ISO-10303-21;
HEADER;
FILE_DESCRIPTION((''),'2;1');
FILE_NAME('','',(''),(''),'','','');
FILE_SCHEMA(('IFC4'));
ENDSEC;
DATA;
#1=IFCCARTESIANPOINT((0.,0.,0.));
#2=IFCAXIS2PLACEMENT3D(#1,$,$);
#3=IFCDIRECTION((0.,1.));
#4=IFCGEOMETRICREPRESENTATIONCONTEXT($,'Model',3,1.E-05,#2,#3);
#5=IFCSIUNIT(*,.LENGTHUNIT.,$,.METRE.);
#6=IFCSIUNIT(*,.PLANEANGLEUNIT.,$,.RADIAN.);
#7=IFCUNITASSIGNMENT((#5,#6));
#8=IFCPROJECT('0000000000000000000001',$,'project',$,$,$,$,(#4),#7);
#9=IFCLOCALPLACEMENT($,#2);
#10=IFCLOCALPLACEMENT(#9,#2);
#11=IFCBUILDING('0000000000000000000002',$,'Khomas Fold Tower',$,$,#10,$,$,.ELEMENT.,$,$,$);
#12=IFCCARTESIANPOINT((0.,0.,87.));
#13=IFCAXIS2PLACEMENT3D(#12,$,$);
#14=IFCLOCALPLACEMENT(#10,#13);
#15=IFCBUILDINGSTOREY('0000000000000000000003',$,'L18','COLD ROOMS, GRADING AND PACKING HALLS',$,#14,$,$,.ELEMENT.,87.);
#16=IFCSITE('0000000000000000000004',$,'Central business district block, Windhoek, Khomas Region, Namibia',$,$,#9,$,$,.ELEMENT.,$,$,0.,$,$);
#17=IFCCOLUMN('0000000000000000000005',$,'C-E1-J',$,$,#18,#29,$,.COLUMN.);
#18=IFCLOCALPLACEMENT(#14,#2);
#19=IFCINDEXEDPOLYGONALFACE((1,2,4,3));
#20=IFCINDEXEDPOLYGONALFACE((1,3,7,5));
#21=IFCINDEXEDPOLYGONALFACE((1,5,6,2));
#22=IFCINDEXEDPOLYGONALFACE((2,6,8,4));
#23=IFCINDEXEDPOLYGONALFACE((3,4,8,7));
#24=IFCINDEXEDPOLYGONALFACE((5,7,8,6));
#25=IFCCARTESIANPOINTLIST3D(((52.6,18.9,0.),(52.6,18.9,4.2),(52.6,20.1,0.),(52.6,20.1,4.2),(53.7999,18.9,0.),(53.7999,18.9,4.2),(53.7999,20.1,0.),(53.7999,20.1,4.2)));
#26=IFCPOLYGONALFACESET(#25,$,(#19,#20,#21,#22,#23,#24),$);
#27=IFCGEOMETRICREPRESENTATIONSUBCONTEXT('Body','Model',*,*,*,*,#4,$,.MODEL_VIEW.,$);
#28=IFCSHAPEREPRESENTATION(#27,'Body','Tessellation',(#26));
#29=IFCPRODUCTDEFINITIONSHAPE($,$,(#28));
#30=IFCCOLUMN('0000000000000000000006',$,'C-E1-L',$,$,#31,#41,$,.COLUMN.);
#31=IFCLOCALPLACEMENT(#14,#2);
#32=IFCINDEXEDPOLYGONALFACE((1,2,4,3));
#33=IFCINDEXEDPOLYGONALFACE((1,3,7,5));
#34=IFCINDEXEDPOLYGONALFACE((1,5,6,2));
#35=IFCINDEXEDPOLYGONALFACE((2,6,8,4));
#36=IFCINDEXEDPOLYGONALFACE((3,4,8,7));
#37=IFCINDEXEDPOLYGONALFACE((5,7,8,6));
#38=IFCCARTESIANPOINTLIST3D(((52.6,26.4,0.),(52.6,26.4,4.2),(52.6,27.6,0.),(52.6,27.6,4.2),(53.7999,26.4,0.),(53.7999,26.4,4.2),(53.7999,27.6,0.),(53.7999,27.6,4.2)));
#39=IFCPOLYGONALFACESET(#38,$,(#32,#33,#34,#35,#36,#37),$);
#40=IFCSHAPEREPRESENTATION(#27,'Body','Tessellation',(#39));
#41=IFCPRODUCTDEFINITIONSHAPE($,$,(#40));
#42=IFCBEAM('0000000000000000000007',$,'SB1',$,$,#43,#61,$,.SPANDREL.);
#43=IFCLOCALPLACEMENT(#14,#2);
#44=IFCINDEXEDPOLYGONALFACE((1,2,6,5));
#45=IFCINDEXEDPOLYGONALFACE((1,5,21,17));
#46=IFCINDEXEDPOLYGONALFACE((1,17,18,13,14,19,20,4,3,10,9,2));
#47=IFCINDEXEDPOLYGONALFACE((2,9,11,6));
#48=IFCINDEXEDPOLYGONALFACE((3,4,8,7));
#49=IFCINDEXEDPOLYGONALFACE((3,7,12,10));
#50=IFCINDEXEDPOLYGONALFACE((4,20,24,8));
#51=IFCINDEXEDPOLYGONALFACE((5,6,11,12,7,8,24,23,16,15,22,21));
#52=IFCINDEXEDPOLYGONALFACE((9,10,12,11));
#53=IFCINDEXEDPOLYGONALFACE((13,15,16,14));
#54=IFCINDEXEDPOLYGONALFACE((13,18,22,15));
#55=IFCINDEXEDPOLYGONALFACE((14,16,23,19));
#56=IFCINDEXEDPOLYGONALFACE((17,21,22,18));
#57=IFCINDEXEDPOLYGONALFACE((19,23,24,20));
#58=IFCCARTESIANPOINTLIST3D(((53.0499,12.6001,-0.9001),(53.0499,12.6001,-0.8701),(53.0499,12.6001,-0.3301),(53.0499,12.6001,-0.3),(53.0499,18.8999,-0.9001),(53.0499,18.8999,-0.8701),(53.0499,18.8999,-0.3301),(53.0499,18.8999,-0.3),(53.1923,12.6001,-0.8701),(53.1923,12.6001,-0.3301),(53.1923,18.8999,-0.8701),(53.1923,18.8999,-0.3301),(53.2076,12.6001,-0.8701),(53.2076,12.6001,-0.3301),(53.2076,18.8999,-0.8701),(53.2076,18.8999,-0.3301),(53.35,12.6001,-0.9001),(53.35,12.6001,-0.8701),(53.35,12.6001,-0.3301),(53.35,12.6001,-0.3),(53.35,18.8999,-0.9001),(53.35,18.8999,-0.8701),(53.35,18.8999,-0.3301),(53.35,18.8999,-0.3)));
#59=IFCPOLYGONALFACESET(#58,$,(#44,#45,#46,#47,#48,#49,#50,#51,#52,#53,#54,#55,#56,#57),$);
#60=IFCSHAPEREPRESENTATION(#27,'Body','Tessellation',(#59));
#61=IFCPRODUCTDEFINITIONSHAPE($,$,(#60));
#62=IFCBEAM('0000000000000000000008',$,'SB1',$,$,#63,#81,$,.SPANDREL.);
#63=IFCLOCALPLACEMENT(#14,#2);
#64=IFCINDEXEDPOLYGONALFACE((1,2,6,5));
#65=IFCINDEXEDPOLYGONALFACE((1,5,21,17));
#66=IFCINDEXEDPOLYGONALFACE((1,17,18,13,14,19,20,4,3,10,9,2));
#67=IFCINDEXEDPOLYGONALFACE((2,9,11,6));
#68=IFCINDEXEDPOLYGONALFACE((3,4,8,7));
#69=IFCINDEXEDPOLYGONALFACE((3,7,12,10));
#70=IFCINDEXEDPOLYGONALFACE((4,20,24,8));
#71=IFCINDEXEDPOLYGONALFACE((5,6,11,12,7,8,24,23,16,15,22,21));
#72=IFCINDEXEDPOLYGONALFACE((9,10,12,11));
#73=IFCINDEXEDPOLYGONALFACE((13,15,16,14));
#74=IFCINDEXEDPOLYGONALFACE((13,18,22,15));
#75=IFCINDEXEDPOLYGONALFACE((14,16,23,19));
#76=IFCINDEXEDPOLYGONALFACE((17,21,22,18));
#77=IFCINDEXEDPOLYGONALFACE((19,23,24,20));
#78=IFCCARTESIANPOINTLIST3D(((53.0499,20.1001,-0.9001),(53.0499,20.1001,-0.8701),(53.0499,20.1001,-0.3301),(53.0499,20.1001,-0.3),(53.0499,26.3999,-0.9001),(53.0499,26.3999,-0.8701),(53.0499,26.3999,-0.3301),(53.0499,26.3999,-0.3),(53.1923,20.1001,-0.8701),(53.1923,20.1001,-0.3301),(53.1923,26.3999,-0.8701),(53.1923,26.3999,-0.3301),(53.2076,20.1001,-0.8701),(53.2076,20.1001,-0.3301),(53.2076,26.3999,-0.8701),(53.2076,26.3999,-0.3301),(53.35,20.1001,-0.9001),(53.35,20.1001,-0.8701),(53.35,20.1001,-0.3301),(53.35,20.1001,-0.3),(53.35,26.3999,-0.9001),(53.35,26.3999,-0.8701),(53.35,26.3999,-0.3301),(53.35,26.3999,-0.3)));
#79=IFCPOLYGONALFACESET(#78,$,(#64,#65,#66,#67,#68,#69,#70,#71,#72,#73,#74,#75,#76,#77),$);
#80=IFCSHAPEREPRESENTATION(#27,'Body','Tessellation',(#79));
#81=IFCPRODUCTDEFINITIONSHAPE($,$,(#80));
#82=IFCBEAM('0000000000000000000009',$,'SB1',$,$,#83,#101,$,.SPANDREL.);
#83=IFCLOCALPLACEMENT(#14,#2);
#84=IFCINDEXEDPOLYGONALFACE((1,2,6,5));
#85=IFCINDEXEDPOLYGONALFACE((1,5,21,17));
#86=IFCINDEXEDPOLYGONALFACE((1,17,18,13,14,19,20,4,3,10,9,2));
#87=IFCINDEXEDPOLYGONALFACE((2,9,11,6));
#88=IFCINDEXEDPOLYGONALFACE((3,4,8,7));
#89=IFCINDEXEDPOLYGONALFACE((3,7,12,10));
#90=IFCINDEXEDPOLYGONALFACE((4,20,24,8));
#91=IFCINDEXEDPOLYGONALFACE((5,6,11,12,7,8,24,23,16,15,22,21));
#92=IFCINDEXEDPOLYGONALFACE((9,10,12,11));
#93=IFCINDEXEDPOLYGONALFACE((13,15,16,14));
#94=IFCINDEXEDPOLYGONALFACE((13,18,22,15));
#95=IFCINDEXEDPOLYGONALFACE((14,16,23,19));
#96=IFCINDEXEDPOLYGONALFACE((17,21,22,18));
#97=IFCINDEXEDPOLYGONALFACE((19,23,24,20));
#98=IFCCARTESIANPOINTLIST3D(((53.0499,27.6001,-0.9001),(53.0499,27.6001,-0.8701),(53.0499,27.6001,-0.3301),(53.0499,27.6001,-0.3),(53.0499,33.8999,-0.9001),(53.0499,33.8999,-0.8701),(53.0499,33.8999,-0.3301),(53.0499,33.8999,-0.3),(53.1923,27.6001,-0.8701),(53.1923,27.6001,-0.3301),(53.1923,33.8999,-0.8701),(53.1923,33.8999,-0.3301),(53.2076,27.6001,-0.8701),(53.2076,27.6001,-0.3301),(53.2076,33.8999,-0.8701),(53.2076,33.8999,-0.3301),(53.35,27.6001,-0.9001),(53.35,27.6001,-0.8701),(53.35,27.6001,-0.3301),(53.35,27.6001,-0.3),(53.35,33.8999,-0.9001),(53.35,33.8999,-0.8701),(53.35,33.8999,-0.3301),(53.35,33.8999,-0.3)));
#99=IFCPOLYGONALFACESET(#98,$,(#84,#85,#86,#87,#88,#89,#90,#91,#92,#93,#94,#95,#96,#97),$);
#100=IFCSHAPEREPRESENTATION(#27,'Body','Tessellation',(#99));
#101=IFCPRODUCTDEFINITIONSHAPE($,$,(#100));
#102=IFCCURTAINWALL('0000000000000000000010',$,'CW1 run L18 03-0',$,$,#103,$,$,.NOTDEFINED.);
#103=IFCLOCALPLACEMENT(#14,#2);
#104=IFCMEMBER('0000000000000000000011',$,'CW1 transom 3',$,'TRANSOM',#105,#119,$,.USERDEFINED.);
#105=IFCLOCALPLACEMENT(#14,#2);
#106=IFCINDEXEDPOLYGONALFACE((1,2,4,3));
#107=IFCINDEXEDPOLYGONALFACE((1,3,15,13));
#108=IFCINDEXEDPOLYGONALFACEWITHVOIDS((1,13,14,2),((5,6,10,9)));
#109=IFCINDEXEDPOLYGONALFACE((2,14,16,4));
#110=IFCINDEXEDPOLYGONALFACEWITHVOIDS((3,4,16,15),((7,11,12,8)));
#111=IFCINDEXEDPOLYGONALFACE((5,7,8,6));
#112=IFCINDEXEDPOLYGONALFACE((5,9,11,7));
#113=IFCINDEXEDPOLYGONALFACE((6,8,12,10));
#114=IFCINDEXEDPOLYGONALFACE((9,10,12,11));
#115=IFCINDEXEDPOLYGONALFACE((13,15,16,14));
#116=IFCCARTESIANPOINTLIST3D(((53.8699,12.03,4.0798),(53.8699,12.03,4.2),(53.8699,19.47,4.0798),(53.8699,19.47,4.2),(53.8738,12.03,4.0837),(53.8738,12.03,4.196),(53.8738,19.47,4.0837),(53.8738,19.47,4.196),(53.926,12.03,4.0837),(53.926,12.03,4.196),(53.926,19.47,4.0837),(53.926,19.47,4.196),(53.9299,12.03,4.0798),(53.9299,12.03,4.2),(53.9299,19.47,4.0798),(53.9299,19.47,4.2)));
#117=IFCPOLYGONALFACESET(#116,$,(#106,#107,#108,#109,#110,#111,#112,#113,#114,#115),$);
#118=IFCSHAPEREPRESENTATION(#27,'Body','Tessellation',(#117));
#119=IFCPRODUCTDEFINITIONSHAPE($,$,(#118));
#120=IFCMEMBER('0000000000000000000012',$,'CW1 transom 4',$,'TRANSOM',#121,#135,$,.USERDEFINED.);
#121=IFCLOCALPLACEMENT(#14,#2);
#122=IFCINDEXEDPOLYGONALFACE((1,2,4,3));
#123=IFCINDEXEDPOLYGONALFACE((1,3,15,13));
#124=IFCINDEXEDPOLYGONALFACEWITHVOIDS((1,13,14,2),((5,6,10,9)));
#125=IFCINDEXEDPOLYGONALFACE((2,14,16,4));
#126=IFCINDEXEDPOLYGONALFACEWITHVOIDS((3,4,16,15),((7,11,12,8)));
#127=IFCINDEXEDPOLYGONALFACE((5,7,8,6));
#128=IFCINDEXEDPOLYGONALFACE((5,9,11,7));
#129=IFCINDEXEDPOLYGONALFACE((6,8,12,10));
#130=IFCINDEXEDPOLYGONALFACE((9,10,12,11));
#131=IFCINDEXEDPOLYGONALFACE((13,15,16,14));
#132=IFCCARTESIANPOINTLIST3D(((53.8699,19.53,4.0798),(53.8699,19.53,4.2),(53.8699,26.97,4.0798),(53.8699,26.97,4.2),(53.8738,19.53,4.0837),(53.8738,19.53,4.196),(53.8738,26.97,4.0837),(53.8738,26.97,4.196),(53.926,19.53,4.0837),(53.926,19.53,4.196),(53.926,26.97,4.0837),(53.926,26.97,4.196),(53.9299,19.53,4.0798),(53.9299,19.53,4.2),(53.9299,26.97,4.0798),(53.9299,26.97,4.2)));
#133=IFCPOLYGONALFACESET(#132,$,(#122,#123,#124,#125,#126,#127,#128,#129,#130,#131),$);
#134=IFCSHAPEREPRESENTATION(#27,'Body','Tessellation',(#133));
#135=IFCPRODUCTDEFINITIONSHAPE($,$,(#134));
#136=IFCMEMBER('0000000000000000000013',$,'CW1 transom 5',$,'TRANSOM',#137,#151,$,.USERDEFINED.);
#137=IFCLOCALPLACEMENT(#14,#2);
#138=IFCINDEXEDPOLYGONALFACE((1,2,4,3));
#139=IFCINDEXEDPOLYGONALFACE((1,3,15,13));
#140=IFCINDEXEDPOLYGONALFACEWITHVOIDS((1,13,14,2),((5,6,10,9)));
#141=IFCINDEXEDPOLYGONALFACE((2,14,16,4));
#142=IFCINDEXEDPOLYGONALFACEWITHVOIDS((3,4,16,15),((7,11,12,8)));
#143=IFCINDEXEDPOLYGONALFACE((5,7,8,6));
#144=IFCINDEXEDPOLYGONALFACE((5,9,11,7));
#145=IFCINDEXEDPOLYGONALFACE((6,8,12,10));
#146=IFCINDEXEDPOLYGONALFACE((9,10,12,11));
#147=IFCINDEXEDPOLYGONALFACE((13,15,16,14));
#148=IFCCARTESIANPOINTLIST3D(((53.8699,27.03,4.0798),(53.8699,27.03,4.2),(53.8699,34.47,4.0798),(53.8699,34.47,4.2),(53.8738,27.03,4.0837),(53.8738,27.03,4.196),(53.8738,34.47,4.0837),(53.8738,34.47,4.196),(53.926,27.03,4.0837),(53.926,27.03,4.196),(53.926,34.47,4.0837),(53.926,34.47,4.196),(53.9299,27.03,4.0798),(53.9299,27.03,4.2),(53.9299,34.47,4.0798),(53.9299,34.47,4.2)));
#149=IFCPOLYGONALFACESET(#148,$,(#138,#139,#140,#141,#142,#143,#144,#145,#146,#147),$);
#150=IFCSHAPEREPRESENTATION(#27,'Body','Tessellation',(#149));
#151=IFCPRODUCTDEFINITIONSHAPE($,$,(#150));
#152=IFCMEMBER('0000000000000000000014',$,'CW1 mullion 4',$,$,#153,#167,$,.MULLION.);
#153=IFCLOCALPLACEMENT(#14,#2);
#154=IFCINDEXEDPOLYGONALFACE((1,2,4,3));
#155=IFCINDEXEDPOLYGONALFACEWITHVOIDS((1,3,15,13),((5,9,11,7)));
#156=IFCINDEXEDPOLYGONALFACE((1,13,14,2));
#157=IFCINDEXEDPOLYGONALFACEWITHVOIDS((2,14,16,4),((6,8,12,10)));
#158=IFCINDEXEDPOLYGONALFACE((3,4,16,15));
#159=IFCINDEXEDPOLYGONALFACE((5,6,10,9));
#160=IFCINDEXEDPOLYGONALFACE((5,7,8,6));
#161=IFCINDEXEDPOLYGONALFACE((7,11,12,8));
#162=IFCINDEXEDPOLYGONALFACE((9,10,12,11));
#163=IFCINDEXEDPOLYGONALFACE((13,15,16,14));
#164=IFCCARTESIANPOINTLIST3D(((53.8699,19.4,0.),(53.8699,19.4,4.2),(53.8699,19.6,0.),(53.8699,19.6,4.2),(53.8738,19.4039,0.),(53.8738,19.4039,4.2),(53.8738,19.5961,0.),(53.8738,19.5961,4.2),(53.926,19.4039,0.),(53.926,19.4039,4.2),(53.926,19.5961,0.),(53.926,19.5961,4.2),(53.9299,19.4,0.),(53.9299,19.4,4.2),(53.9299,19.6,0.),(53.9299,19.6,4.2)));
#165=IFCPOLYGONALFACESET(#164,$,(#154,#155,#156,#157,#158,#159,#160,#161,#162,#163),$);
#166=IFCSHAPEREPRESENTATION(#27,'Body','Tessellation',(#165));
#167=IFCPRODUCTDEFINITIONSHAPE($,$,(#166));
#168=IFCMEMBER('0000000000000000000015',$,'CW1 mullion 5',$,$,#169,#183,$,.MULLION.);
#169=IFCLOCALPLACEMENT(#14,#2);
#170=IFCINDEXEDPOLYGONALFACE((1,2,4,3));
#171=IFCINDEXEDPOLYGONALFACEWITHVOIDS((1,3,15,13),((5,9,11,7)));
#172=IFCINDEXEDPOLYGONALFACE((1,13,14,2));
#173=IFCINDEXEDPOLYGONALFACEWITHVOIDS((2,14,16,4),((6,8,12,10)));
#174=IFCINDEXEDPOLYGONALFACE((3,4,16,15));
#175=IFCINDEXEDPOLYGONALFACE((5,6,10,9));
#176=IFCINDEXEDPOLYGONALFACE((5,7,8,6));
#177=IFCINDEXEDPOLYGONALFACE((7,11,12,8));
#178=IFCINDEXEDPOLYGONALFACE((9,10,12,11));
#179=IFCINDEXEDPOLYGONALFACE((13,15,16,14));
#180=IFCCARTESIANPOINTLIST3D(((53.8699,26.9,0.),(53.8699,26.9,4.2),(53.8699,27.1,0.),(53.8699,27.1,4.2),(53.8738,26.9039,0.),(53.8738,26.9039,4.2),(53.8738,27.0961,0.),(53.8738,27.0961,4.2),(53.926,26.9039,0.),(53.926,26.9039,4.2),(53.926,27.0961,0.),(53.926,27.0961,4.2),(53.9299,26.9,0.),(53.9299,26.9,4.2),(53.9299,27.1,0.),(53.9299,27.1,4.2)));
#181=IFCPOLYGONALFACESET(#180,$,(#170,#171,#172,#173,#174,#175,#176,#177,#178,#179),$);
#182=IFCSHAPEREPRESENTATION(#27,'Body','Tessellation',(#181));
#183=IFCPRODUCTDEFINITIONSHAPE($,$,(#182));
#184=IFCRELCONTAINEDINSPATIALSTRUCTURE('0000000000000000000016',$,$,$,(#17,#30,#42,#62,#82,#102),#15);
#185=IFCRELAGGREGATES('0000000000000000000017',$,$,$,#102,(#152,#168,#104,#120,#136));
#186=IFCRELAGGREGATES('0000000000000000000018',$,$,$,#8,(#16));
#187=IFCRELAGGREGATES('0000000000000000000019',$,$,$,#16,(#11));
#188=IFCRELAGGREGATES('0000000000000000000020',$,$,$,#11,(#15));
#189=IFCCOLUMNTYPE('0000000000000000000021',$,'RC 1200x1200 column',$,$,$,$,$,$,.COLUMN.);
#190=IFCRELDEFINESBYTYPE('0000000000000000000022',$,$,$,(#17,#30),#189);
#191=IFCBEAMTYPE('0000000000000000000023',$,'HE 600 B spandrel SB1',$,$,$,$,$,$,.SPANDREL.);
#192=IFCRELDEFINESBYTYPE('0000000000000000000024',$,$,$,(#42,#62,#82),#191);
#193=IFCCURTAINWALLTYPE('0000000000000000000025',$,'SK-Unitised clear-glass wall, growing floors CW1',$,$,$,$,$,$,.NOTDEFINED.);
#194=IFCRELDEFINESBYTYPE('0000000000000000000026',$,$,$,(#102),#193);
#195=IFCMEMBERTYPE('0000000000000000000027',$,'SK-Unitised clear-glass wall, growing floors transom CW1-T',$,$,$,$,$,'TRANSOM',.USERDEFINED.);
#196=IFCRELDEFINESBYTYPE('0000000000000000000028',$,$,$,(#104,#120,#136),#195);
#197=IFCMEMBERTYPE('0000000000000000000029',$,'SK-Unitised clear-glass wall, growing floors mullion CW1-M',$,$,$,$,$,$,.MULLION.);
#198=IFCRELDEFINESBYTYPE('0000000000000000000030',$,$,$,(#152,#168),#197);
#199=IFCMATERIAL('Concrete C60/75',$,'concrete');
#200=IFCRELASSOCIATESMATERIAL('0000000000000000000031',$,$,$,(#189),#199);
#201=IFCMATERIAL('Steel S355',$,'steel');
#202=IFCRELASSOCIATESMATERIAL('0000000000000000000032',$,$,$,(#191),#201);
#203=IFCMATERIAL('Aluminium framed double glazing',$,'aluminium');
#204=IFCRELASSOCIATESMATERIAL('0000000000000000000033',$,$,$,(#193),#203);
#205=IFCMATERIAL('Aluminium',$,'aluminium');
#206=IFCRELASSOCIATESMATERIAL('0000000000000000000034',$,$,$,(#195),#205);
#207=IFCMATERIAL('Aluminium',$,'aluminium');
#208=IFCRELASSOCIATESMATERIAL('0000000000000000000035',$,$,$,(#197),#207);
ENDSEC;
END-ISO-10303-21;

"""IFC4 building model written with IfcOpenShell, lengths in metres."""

from ifc_helpers import new_model, si_unit, direction, frame, origin, origin_2d, place, context, subcontext, project, spatial, rectangle, hollow_rectangle, i_section, extrude, source, transform, mapped, material, material_profile, profile_set, type_object, element, aggregate, save


model = new_model("IFC4")

# Units and contexts
model_context = context("Model", 3, precision=1e-05, world=origin(), true_north=direction((0.0, 1.0)))
body_context = subcontext(model_context, "Body", "Model", "MODEL_VIEW")
ifc_project = project(units=[si_unit("LENGTHUNIT", "METRE"), si_unit("PLANEANGLEUNIT", "RADIAN")], contexts=[model_context])

# Site, building, storey
site_placement = place(None, origin())
site = spatial("IfcSite", under=ifc_project, at=site_placement, Name="Central business district block, Windhoek, Khomas Region, Namibia", CompositionType="ELEMENT", RefElevation=0.0)
building_placement = place(site_placement, origin())
building = spatial("IfcBuilding", under=site, at=building_placement, Name="Khomas Fold Tower", CompositionType="ELEMENT")
storey_placement = place(building_placement, frame((0.0, 0.0, 87.0)))
storey = spatial("IfcBuildingStorey", under=building, at=storey_placement, Name="L18", Description="COLD ROOMS, GRADING AND PACKING HALLS", CompositionType="ELEMENT", Elevation=87.0)

# Columns
ifc_material_1 = material(Name="Concrete C60/75", Category="concrete")
ifc_material_profile_1 = material_profile(ifc_material_1, rectangle(XDim=1.2, YDim=1.2, at=origin_2d()), Name="RC 1200x1200")
ifc_profile_set_1 = profile_set([ifc_material_profile_1], Name="Concrete C60/75")
column_type = type_object("IfcColumnType", Name="RC 1200x1200 column", PredefinedType="COLUMN", material=ifc_profile_set_1)
shared_shape_1 = source(origin(), body_context, "Body", "SweptSolid", [
    extrude(rectangle(XDim=1.2, YDim=1.2, at=origin_2d()), origin(), (0.0, 0.0, 1.0), 4.2),
])
for number, where, z_axis, x_axis, name in (
    (1, (53.2, 19.5, 0.0), (0.0, 0.0, 1.0), (1.0, 0.0, 0.0), "C-E1-J"),
    (2, (53.2, 27.0, 0.0), (0.0, 0.0, 1.0), (1.0, 0.0, 0.0), "C-E1-L"),
):
    element("IfcColumn", number, at=place(storey_placement, frame(where, z_axis=z_axis, x_axis=x_axis)), inside=storey, type_object=column_type, Name=name, PredefinedType="COLUMN", context=body_context, shape_type="MappedRepresentation", body=[
        mapped(shared_shape_1, transform((0.0, 0.0, 0.0))),
    ])

# Beams
ifc_material_2 = material(Name="Steel S355", Category="steel")
ifc_material_profile_2 = material_profile(ifc_material_2, i_section(OverallWidth=0.3, OverallDepth=0.6001, WebThickness=0.0154, FlangeThickness=0.03, at=origin_2d()), Name="HE 600 B")
ifc_profile_set_2 = profile_set([ifc_material_profile_2], Name="Steel S355")
beam_type = type_object("IfcBeamType", Name="HE 600 B spandrel SB1", PredefinedType="SPANDREL", material=ifc_profile_set_2)
shared_shape_2 = source(origin(), body_context, "Body", "SweptSolid", [
    extrude(i_section(OverallWidth=0.3, OverallDepth=0.6001, WebThickness=0.0154, FlangeThickness=0.03, at=origin_2d()), origin(), (0.0, 0.0, 1.0), 6.2998),
])
for number, where, z_axis, x_axis, name in (
    (3, (53.2, 12.6001, -0.6001), (0.0, 1.0, 0.0), (-1.0, 0.0, 0.0), "SB1"),
    (4, (53.2, 20.1001, -0.6001), (0.0, 1.0, 0.0), (-1.0, 0.0, 0.0), "SB1"),
    (5, (53.2, 27.6001, -0.6001), (0.0, 1.0, 0.0), (-1.0, 0.0, 0.0), "SB1"),
):
    element("IfcBeam", number, at=place(storey_placement, frame(where, z_axis=z_axis, x_axis=x_axis)), inside=storey, type_object=beam_type, Name=name, PredefinedType="SPANDREL", context=body_context, shape_type="MappedRepresentation", body=[
        mapped(shared_shape_2, transform((0.0, 0.0, 0.0))),
    ])

# Curtain wall, members
ifc_material_3 = material(Name="Aluminium framed double glazing", Category="aluminium")
curtain_wall_type = type_object("IfcCurtainWallType", Name="SK-Unitised clear-glass wall, growing floors CW1", PredefinedType="NOTDEFINED", material=ifc_material_3)
curtain_wall_placement = place(storey_placement, origin())
curtain_wall = element("IfcCurtainWall", 6, at=curtain_wall_placement, inside=storey, type_object=curtain_wall_type, Name="CW1 run L18 03-0", PredefinedType="NOTDEFINED")
ifc_material_4 = material(Name="Aluminium", Category="aluminium")
ifc_material_profile_3 = material_profile(ifc_material_4, hollow_rectangle(XDim=0.0601, YDim=0.1201, WallThickness=0.0039, at=origin_2d()), Name="SK-Unitised clear-glass wall, growing floors transom CW1-T")
ifc_profile_set_3 = profile_set([ifc_material_profile_3], Name="Aluminium")
member_type_1 = type_object("IfcMemberType", Name="SK-Unitised clear-glass wall, growing floors transom CW1-T", ElementType="TRANSOM", PredefinedType="USERDEFINED", material=ifc_profile_set_3)
shared_shape_3 = source(origin(), body_context, "Body", "SweptSolid", [
    extrude(hollow_rectangle(XDim=0.0601, YDim=0.1201, WallThickness=0.0039, at=origin_2d()), origin(), (0.0, 0.0, 1.0), 7.4399),
])
member_1_placement = place(storey_placement, frame((53.8999, 12.03, 4.1399), z_axis=(0.0, 1.0, 0.0), x_axis=(-1.0, 0.0, 0.0)))
member_1 = element("IfcMember", 7, at=member_1_placement, type_object=member_type_1, Name="CW1 transom 3", ObjectType="TRANSOM", PredefinedType="USERDEFINED", context=body_context, shape_type="MappedRepresentation", body=[
    mapped(shared_shape_3, transform((0.0, 0.0, 0.0))),
])
member_2_placement = place(storey_placement, frame((53.8999, 19.53, 4.1399), z_axis=(0.0, 1.0, 0.0), x_axis=(-1.0, 0.0, 0.0)))
member_2 = element("IfcMember", 8, at=member_2_placement, type_object=member_type_1, Name="CW1 transom 4", ObjectType="TRANSOM", PredefinedType="USERDEFINED", context=body_context, shape_type="MappedRepresentation", body=[
    mapped(shared_shape_3, transform((0.0, 0.0, 0.0))),
])
member_3_placement = place(storey_placement, frame((53.8999, 27.03, 4.1399), z_axis=(0.0, 1.0, 0.0), x_axis=(-1.0, 0.0, 0.0)))
member_3 = element("IfcMember", 9, at=member_3_placement, type_object=member_type_1, Name="CW1 transom 5", ObjectType="TRANSOM", PredefinedType="USERDEFINED", context=body_context, shape_type="MappedRepresentation", body=[
    mapped(shared_shape_3, transform((0.0, 0.0, 0.0))),
])
ifc_material_5 = material(Name="Aluminium", Category="aluminium")
ifc_material_profile_4 = material_profile(ifc_material_5, hollow_rectangle(XDim=0.0601, YDim=0.2, WallThickness=0.0039, at=origin_2d()), Name="SK-Unitised clear-glass wall, growing floors mullion CW1-M")
ifc_profile_set_4 = profile_set([ifc_material_profile_4], Name="Aluminium")
member_type_2 = type_object("IfcMemberType", Name="SK-Unitised clear-glass wall, growing floors mullion CW1-M", PredefinedType="MULLION", material=ifc_profile_set_4)
shared_shape_4 = source(origin(), body_context, "Body", "SweptSolid", [
    extrude(hollow_rectangle(XDim=0.0601, YDim=0.2, WallThickness=0.0039, at=origin_2d()), origin(), (0.0, 0.0, 1.0), 4.2),
])
member_4_placement = place(storey_placement, frame((53.8999, 19.5, 0.0), z_axis=(0.0, 0.0, 1.0), x_axis=(-1.0, 0.0, 0.0)))
member_4 = element("IfcMember", 10, at=member_4_placement, type_object=member_type_2, Name="CW1 mullion 4", PredefinedType="MULLION", context=body_context, shape_type="MappedRepresentation", body=[
    mapped(shared_shape_4, transform((0.0, 0.0, 0.0))),
])
member_5_placement = place(storey_placement, frame((53.8999, 27.0, 0.0), z_axis=(0.0, 0.0, 1.0), x_axis=(-1.0, 0.0, 0.0)))
member_5 = element("IfcMember", 11, at=member_5_placement, type_object=member_type_2, Name="CW1 mullion 5", PredefinedType="MULLION", context=body_context, shape_type="MappedRepresentation", body=[
    mapped(shared_shape_4, transform((0.0, 0.0, 0.0))),
])

aggregate(curtain_wall, [member_4, member_5, member_1, member_2, member_3])

save(model, "model.ifc")
